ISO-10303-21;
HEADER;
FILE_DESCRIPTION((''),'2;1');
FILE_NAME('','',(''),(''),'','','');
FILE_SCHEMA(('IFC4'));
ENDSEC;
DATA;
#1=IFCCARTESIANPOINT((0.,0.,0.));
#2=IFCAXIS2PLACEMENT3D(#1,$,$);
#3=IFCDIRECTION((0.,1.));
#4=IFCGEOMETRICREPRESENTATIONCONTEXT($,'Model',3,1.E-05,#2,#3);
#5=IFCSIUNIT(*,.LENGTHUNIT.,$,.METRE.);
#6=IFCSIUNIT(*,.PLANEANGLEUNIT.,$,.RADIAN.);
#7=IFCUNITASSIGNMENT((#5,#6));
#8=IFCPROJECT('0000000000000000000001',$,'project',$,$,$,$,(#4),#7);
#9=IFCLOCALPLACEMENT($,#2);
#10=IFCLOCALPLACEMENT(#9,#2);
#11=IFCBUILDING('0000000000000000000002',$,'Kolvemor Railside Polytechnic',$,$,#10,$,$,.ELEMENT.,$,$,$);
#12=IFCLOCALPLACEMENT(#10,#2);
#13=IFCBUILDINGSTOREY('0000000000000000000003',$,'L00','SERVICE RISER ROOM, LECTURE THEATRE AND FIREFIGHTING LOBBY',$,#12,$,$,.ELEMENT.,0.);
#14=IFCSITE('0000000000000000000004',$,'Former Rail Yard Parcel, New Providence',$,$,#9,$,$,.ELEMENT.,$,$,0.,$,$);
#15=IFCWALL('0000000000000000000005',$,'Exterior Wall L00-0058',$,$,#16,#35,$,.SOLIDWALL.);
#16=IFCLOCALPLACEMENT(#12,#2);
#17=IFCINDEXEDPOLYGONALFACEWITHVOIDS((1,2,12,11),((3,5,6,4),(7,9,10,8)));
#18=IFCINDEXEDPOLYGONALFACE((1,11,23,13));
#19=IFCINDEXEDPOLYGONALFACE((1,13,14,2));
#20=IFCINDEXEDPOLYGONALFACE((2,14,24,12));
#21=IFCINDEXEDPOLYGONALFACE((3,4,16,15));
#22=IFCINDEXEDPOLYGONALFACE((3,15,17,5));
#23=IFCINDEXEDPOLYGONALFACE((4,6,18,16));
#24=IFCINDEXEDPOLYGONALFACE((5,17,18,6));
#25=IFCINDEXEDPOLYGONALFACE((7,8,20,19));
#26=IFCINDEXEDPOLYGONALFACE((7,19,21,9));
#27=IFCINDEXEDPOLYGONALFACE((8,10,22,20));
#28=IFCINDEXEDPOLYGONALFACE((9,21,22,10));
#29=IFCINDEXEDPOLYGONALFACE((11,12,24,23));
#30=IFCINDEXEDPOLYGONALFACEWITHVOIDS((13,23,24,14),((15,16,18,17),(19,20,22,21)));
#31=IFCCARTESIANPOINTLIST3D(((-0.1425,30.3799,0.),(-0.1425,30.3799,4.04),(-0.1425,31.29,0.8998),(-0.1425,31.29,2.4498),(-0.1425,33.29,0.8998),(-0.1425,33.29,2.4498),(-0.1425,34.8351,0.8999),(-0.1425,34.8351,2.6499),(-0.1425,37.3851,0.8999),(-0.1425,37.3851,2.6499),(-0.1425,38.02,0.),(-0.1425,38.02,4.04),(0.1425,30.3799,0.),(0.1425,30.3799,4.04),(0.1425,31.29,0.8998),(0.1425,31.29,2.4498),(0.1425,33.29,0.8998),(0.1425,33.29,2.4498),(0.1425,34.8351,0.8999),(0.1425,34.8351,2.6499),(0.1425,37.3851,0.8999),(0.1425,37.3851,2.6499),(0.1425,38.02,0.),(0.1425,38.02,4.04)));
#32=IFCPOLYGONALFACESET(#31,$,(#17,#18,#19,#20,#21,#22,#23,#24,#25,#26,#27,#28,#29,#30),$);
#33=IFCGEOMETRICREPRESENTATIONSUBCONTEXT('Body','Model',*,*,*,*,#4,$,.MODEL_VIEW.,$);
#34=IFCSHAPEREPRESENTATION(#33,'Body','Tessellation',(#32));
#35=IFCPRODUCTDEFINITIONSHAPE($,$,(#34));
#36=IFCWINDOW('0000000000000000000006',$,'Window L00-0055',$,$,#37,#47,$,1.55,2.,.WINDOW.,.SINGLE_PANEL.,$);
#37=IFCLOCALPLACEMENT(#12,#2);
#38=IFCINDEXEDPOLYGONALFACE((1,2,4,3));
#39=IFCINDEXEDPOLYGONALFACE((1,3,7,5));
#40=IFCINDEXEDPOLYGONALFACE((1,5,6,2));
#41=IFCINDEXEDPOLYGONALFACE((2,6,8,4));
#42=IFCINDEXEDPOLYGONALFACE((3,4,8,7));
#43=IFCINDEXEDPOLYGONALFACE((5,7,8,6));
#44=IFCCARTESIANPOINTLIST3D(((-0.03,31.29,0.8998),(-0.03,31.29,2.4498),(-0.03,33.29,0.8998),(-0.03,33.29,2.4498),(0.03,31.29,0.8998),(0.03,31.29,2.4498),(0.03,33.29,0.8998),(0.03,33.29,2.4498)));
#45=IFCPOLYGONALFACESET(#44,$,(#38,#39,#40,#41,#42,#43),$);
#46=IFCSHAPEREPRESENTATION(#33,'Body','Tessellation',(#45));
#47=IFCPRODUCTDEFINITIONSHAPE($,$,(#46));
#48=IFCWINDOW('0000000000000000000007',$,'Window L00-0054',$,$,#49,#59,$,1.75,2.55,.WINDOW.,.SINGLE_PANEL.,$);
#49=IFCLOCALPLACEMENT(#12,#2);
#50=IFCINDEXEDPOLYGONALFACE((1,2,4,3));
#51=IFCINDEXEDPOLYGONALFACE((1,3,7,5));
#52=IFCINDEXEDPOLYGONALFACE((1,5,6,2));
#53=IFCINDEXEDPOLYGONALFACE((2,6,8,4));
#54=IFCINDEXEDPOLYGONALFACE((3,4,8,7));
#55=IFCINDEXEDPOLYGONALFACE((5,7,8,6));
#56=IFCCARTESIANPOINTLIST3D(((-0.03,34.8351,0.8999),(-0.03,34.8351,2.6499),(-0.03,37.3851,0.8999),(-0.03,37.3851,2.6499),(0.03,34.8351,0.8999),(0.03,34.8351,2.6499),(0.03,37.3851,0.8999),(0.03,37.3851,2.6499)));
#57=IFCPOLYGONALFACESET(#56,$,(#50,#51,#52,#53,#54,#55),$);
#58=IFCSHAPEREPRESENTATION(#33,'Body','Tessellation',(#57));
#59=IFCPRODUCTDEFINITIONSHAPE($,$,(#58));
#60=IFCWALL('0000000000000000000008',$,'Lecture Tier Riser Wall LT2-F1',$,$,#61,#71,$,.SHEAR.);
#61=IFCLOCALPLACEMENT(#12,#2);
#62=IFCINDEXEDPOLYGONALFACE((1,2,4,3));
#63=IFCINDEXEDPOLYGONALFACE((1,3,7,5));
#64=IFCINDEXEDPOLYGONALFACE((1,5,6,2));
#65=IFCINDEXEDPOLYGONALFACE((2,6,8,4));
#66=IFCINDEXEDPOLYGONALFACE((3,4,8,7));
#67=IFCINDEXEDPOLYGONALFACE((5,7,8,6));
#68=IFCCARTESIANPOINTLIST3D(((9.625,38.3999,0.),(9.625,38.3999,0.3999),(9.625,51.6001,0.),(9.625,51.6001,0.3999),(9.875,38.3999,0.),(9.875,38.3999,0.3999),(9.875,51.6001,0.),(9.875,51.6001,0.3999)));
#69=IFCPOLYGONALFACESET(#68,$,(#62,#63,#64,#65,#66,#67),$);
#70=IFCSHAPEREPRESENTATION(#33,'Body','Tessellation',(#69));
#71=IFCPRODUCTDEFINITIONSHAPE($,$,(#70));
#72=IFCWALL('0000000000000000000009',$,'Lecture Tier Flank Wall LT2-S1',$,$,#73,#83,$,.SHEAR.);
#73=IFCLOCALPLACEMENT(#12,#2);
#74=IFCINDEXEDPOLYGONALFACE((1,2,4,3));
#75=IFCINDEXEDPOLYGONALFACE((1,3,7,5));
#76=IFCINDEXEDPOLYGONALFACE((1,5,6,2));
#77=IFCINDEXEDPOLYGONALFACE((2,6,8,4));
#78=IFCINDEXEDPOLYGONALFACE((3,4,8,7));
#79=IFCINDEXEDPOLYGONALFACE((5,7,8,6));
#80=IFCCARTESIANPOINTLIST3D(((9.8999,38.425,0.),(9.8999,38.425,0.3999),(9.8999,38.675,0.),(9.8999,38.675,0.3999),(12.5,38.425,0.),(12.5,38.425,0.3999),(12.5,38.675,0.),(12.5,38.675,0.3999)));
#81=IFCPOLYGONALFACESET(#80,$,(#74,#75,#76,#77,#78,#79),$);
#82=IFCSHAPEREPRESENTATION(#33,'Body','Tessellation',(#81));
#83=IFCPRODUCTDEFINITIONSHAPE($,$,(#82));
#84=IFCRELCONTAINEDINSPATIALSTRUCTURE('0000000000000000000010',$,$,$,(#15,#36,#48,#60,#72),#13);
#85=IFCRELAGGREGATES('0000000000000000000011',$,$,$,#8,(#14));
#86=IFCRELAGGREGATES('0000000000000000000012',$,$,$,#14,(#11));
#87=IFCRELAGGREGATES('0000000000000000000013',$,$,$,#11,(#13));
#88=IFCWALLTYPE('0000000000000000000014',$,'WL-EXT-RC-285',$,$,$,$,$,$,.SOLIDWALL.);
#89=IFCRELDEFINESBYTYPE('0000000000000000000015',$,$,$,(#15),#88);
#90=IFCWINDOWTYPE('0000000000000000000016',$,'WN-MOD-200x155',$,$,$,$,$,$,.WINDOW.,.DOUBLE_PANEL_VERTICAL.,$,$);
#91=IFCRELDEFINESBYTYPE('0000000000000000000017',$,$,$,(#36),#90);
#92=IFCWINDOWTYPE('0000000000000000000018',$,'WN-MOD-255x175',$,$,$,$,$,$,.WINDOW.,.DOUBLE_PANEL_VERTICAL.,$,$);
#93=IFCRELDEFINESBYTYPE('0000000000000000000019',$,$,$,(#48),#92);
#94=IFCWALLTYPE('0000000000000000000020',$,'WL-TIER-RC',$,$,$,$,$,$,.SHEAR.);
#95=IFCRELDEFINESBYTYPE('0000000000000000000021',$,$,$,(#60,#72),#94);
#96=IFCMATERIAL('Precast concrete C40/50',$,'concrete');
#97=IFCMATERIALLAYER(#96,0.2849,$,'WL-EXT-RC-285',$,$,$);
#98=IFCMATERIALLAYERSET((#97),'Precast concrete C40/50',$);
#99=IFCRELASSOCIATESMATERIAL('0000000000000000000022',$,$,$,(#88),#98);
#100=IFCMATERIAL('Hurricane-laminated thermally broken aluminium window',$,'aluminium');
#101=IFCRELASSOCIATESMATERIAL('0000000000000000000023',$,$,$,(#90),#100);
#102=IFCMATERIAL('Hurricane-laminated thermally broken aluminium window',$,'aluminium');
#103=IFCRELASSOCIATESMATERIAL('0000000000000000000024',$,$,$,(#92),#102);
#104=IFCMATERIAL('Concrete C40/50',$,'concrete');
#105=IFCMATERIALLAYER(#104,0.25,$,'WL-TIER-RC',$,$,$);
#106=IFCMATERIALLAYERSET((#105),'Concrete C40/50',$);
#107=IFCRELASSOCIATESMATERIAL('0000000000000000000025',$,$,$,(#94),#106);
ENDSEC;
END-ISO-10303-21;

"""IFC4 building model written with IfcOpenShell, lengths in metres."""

from ifc_helpers import new_model, si_unit, direction, frame, frame_2d, origin, place, context, subcontext, project, spatial, rectangle, extrude, material, layer, layer_set, type_object, element, fill, save


model = new_model("IFC4")

# Units and contexts
model_context = context("Model", 3, precision=1e-05, world=origin(), true_north=direction((0.0, 1.0)))
body_context = subcontext(model_context, "Body", "Model", "MODEL_VIEW")
ifc_project = project(units=[si_unit("LENGTHUNIT", "METRE"), si_unit("PLANEANGLEUNIT", "RADIAN")], contexts=[model_context])

# Site, building, storey
site_placement = place(None, origin())
site = spatial("IfcSite", under=ifc_project, at=site_placement, Name="Former Rail Yard Parcel, New Providence", CompositionType="ELEMENT", RefElevation=0.0)
building_placement = place(site_placement, origin())
building = spatial("IfcBuilding", under=site, at=building_placement, Name="Kolvemor Railside Polytechnic", CompositionType="ELEMENT")
storey_placement = place(building_placement, origin())
storey = spatial("IfcBuildingStorey", under=building, at=storey_placement, Name="L00", Description="SERVICE RISER ROOM, LECTURE THEATRE AND FIREFIGHTING LOBBY", CompositionType="ELEMENT", Elevation=0.0)

# Wall, openings, windows
ifc_material_1 = material(Name="Precast concrete C40/50", Category="concrete")
ifc_layer_1 = layer(ifc_material_1, 0.2849, Name="WL-EXT-RC-285")
ifc_layer_set_1 = layer_set([ifc_layer_1], Name="Precast concrete C40/50")
wall_type_1 = type_object("IfcWallType", Name="WL-EXT-RC-285", PredefinedType="SOLIDWALL", material=ifc_layer_set_1)
wall_1_placement = place(storey_placement, frame((0.0, 38.02, 0.0), z_axis=(0.0, 0.0, 1.0), x_axis=(0.0, -1.0, 0.0)))
wall_1 = element("IfcWall", 1, at=wall_1_placement, inside=storey, type_object=wall_type_1, Name="Exterior Wall L00-0058", PredefinedType="SOLIDWALL", context=body_context, shape_type="SweptSolid", body=[
    extrude(rectangle(XDim=7.6401, YDim=0.2849, at=frame_2d((3.8201, 0.0))), origin(), (0.0, 0.0, 1.0), 4.04),
])
opening_1_placement = place(wall_1_placement, frame((0.635, 0.0, 0.8999)))
opening_1 = element("IfcOpeningElement", 2, at=opening_1_placement, cuts=wall_1, PredefinedType="OPENING", context=body_context, shape_type="SweptSolid", body=[
    extrude(rectangle(XDim=2.55, YDim=1.75, at=frame_2d((1.2749, 0.875))), frame((0.0, 0.1523, 0.0), z_axis=(0.0, -1.0, 0.0), x_axis=(1.0, 0.0, 0.0)), (0.0, 0.0, 1.0), 0.3049),
])
opening_2_placement = place(wall_1_placement, frame((4.73, 0.0, 0.8999)))
opening_2 = element("IfcOpeningElement", 3, at=opening_2_placement, cuts=wall_1, PredefinedType="OPENING", context=body_context, shape_type="SweptSolid", body=[
    extrude(rectangle(XDim=2.0, YDim=1.55, at=frame_2d((1.0, 0.7749))), frame((0.0, 0.1523, 0.0), z_axis=(0.0, -1.0, 0.0), x_axis=(1.0, 0.0, 0.0)), (0.0, 0.0, 1.0), 0.3049),
])
ifc_material_2 = material(Name="Hurricane-laminated thermally broken aluminium window", Category="aluminium")
window_type_1 = type_object("IfcWindowType", Name="WN-MOD-200x155", PartitioningType="DOUBLE_PANEL_VERTICAL", PredefinedType="WINDOW", material=ifc_material_2)
window_1_placement = place(opening_2_placement, origin())
window_1 = element("IfcWindow", 4, at=window_1_placement, inside=storey, type_object=window_type_1, Name="Window L00-0055", OverallHeight=1.55, OverallWidth=2.0, PartitioningType="SINGLE_PANEL", PredefinedType="WINDOW", context=body_context, shape_type="SweptSolid", body=[
    extrude(rectangle(XDim=2.0, YDim=1.55, at=frame_2d((1.0, 0.7749))), frame((0.0, 0.03, 0.0), z_axis=(0.0, -1.0, 0.0), x_axis=(1.0, 0.0, 0.0)), (0.0, 0.0, 1.0), 0.0601),
])
fill(opening_2, window_1)
ifc_material_3 = material(Name="Hurricane-laminated thermally broken aluminium window", Category="aluminium")
window_type_2 = type_object("IfcWindowType", Name="WN-MOD-255x175", PartitioningType="DOUBLE_PANEL_VERTICAL", PredefinedType="WINDOW", material=ifc_material_3)
window_2_placement = place(opening_1_placement, origin())
window_2 = element("IfcWindow", 5, at=window_2_placement, inside=storey, type_object=window_type_2, Name="Window L00-0054", OverallHeight=1.75, OverallWidth=2.55, PartitioningType="SINGLE_PANEL", PredefinedType="WINDOW", context=body_context, shape_type="SweptSolid", body=[
    extrude(rectangle(XDim=2.55, YDim=1.75, at=frame_2d((1.2749, 0.875))), frame((0.0, 0.03, 0.0), z_axis=(0.0, -1.0, 0.0), x_axis=(1.0, 0.0, 0.0)), (0.0, 0.0, 1.0), 0.0601),
])
fill(opening_1, window_2)

# Walls
ifc_material_4 = material(Name="Concrete C40/50", Category="concrete")
ifc_layer_2 = layer(ifc_material_4, 0.25, Name="WL-TIER-RC")
ifc_layer_set_2 = layer_set([ifc_layer_2], Name="Concrete C40/50")
wall_type_2 = type_object("IfcWallType", Name="WL-TIER-RC", PredefinedType="SHEAR", material=ifc_layer_set_2)
wall_2_placement = place(storey_placement, frame((9.75, 38.3999, 0.0), z_axis=(0.0, 0.0, 1.0), x_axis=(0.0, 1.0, 0.0)))
element("IfcWall", 6, at=wall_2_placement, inside=storey, type_object=wall_type_2, Name="Lecture Tier Riser Wall LT2-F1", PredefinedType="SHEAR", context=body_context, shape_type="SweptSolid", body=[
    extrude(rectangle(XDim=13.2002, YDim=0.25, at=frame_2d((6.6001, 0.0))), origin(), (0.0, 0.0, 1.0), 0.3999),
])
wall_3_placement = place(storey_placement, frame((9.8999, 38.55, 0.0), z_axis=(0.0, 0.0, 1.0), x_axis=(1.0, 0.0, 0.0)))
element("IfcWall", 7, at=wall_3_placement, inside=storey, type_object=wall_type_2, Name="Lecture Tier Flank Wall LT2-S1", PredefinedType="SHEAR", context=body_context, shape_type="SweptSolid", body=[
    extrude(rectangle(XDim=2.6001, YDim=0.25, at=frame_2d((1.3, 0.0))), origin(), (0.0, 0.0, 1.0), 0.3999),
])

save(model, "model.ifc")
